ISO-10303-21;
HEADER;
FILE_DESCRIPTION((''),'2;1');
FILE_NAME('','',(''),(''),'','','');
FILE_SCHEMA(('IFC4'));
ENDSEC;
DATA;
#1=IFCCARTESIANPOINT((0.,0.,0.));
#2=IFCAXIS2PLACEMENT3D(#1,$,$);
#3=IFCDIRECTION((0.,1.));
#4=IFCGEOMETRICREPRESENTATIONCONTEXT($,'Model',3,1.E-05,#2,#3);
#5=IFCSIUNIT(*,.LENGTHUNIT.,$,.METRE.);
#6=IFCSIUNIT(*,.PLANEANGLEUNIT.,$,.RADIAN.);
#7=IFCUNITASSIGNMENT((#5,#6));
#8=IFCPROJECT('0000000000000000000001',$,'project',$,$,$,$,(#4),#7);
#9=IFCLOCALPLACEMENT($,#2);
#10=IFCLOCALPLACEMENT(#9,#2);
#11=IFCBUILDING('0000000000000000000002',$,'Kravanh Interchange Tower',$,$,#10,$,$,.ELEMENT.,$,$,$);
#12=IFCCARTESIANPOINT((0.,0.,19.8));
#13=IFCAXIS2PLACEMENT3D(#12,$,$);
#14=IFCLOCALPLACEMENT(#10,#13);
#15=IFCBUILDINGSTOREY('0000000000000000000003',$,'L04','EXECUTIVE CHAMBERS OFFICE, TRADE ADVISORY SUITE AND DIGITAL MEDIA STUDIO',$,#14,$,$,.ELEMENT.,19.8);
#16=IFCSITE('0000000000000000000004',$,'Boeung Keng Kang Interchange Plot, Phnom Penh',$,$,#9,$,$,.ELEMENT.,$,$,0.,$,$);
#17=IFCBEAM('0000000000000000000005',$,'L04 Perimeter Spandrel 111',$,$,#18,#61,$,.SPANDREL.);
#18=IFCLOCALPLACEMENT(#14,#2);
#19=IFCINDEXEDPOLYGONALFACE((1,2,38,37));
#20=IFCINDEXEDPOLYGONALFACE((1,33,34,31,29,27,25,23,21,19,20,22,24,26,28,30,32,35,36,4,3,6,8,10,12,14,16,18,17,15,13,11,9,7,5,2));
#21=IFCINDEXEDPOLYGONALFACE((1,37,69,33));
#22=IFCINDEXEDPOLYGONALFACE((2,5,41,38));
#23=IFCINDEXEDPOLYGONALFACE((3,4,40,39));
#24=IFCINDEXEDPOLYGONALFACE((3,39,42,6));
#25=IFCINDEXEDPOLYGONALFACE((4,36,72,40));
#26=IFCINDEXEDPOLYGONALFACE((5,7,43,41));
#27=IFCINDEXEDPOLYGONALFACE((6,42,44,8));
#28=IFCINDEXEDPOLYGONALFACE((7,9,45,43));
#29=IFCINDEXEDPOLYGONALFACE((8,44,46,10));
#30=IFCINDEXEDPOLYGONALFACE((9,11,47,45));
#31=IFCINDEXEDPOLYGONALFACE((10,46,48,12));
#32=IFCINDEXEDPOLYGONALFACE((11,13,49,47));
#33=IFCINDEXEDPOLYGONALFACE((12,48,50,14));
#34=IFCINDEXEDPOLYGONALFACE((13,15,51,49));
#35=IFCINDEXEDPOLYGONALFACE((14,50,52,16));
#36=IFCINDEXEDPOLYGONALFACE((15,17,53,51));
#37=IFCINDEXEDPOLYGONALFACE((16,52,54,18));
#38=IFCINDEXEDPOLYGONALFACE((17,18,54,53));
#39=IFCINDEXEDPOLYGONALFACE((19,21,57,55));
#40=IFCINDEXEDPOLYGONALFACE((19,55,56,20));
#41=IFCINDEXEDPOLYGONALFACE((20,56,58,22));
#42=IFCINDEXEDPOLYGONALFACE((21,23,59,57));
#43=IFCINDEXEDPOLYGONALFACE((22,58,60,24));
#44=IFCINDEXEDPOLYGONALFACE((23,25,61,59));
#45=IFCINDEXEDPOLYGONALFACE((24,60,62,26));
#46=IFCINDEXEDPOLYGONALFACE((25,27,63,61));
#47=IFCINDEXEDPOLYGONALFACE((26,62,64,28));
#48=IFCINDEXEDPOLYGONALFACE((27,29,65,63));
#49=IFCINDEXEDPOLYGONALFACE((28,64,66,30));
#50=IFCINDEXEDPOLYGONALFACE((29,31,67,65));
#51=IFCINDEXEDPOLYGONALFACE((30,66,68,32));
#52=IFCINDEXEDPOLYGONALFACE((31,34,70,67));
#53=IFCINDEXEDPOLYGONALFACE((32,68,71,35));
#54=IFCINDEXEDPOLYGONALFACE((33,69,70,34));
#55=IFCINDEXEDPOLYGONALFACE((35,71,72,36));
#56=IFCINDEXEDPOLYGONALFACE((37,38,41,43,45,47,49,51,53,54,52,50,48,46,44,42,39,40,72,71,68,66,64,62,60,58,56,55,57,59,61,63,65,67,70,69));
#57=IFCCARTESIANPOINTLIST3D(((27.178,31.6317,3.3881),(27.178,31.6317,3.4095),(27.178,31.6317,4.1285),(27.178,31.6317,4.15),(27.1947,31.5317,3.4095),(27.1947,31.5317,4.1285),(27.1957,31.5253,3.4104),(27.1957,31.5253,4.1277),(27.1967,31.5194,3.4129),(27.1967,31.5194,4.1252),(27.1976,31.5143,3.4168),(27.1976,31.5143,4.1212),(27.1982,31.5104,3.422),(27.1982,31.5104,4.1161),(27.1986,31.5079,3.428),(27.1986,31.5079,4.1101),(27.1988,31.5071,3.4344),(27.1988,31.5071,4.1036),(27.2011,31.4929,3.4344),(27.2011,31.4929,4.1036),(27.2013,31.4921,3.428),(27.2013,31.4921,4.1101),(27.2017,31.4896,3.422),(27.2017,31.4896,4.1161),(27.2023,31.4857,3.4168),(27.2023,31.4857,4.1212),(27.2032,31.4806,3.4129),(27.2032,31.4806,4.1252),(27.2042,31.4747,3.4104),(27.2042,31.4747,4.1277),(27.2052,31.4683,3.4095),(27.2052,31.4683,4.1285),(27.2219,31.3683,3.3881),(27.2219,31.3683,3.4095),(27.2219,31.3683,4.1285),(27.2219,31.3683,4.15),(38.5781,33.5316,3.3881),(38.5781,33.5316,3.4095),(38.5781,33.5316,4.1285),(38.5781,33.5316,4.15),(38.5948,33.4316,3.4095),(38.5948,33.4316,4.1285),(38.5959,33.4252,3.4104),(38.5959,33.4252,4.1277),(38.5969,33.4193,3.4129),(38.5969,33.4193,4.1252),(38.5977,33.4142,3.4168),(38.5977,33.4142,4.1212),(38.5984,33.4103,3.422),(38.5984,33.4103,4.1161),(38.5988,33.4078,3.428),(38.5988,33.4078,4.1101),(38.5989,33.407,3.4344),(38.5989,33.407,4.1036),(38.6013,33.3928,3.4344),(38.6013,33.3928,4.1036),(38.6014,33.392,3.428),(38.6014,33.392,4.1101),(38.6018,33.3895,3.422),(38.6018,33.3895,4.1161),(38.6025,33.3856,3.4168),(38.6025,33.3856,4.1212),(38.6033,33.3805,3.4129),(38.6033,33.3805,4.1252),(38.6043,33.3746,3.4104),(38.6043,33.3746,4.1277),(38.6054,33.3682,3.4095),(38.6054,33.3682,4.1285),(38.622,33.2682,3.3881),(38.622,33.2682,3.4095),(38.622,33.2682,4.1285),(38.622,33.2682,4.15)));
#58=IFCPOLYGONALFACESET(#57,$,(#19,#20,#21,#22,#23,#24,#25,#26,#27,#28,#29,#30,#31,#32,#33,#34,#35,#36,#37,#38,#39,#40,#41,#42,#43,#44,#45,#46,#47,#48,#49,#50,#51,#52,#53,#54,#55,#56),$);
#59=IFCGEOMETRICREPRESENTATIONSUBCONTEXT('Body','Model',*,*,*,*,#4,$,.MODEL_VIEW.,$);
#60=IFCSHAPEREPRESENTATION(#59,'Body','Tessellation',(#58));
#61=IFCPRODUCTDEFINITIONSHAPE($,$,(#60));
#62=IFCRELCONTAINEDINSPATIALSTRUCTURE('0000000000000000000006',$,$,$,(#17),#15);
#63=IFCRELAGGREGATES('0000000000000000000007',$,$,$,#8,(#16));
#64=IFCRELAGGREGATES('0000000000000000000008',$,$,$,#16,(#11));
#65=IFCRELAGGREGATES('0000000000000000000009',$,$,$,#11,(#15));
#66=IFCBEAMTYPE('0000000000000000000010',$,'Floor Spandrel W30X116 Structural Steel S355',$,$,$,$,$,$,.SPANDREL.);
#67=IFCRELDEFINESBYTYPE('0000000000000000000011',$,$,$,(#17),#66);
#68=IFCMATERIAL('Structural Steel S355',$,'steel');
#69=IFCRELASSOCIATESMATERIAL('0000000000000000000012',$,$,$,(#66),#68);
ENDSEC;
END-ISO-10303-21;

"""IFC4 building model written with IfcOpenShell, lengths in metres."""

from ifc_helpers import new_model, si_unit, direction, frame, origin, origin_2d, place, context, subcontext, project, spatial, i_section, extrude, material, material_profile, profile_set, type_object, element, save


model = new_model("IFC4")

# Units and contexts
model_context = context("Model", 3, precision=1e-05, world=origin(), true_north=direction((0.0, 1.0)))
body_context = subcontext(model_context, "Body", "Model", "MODEL_VIEW")
ifc_project = project(units=[si_unit("LENGTHUNIT", "METRE"), si_unit("PLANEANGLEUNIT", "RADIAN")], contexts=[model_context])

# Site, building, storey
site_placement = place(None, origin())
site = spatial("IfcSite", under=ifc_project, at=site_placement, Name="Boeung Keng Kang Interchange Plot, Phnom Penh", CompositionType="ELEMENT", RefElevation=0.0)
building_placement = place(site_placement, origin())
building = spatial("IfcBuilding", under=site, at=building_placement, Name="Kravanh Interchange Tower", CompositionType="ELEMENT")
storey_placement = place(building_placement, frame((0.0, 0.0, 19.8)))
storey = spatial("IfcBuildingStorey", under=building, at=storey_placement, Name="L04", Description="EXECUTIVE CHAMBERS OFFICE, TRADE ADVISORY SUITE AND DIGITAL MEDIA STUDIO", CompositionType="ELEMENT", Elevation=19.8)

# Beam
ifc_material_1 = material(Name="Structural Steel S355", Category="steel")
ifc_material_profile_1 = material_profile(ifc_material_1, i_section(OverallWidth=0.2671, OverallDepth=0.762, WebThickness=0.0144, FlangeThickness=0.0215, FilletRadius=0.0249, at=origin_2d()), Name="W30X116")
ifc_profile_set_1 = profile_set([ifc_material_profile_1], Name="Structural Steel S355")
beam_type_1 = type_object("IfcBeamType", Name="Floor Spandrel W30X116 Structural Steel S355", PredefinedType="SPANDREL", material=ifc_profile_set_1)
beam_1_placement = place(storey_placement, frame((27.2, 31.5, 3.769), z_axis=(0.986396, 0.164389, 0.0), x_axis=(-0.164389, 0.986396, 0.0)))
element("IfcBeam", 1, at=beam_1_placement, inside=storey, type_object=beam_type_1, Name="L04 Perimeter Spandrel 111", PredefinedType="SPANDREL", context=body_context, shape_type="SweptSolid", body=[
    extrude(i_section(OverallWidth=0.2671, OverallDepth=0.762, WebThickness=0.0144, FlangeThickness=0.0215, FilletRadius=0.0249, at=origin_2d()), origin(), (0.0, 0.0, 1.0), 11.5574),
])

save(model, "model.ifc")
